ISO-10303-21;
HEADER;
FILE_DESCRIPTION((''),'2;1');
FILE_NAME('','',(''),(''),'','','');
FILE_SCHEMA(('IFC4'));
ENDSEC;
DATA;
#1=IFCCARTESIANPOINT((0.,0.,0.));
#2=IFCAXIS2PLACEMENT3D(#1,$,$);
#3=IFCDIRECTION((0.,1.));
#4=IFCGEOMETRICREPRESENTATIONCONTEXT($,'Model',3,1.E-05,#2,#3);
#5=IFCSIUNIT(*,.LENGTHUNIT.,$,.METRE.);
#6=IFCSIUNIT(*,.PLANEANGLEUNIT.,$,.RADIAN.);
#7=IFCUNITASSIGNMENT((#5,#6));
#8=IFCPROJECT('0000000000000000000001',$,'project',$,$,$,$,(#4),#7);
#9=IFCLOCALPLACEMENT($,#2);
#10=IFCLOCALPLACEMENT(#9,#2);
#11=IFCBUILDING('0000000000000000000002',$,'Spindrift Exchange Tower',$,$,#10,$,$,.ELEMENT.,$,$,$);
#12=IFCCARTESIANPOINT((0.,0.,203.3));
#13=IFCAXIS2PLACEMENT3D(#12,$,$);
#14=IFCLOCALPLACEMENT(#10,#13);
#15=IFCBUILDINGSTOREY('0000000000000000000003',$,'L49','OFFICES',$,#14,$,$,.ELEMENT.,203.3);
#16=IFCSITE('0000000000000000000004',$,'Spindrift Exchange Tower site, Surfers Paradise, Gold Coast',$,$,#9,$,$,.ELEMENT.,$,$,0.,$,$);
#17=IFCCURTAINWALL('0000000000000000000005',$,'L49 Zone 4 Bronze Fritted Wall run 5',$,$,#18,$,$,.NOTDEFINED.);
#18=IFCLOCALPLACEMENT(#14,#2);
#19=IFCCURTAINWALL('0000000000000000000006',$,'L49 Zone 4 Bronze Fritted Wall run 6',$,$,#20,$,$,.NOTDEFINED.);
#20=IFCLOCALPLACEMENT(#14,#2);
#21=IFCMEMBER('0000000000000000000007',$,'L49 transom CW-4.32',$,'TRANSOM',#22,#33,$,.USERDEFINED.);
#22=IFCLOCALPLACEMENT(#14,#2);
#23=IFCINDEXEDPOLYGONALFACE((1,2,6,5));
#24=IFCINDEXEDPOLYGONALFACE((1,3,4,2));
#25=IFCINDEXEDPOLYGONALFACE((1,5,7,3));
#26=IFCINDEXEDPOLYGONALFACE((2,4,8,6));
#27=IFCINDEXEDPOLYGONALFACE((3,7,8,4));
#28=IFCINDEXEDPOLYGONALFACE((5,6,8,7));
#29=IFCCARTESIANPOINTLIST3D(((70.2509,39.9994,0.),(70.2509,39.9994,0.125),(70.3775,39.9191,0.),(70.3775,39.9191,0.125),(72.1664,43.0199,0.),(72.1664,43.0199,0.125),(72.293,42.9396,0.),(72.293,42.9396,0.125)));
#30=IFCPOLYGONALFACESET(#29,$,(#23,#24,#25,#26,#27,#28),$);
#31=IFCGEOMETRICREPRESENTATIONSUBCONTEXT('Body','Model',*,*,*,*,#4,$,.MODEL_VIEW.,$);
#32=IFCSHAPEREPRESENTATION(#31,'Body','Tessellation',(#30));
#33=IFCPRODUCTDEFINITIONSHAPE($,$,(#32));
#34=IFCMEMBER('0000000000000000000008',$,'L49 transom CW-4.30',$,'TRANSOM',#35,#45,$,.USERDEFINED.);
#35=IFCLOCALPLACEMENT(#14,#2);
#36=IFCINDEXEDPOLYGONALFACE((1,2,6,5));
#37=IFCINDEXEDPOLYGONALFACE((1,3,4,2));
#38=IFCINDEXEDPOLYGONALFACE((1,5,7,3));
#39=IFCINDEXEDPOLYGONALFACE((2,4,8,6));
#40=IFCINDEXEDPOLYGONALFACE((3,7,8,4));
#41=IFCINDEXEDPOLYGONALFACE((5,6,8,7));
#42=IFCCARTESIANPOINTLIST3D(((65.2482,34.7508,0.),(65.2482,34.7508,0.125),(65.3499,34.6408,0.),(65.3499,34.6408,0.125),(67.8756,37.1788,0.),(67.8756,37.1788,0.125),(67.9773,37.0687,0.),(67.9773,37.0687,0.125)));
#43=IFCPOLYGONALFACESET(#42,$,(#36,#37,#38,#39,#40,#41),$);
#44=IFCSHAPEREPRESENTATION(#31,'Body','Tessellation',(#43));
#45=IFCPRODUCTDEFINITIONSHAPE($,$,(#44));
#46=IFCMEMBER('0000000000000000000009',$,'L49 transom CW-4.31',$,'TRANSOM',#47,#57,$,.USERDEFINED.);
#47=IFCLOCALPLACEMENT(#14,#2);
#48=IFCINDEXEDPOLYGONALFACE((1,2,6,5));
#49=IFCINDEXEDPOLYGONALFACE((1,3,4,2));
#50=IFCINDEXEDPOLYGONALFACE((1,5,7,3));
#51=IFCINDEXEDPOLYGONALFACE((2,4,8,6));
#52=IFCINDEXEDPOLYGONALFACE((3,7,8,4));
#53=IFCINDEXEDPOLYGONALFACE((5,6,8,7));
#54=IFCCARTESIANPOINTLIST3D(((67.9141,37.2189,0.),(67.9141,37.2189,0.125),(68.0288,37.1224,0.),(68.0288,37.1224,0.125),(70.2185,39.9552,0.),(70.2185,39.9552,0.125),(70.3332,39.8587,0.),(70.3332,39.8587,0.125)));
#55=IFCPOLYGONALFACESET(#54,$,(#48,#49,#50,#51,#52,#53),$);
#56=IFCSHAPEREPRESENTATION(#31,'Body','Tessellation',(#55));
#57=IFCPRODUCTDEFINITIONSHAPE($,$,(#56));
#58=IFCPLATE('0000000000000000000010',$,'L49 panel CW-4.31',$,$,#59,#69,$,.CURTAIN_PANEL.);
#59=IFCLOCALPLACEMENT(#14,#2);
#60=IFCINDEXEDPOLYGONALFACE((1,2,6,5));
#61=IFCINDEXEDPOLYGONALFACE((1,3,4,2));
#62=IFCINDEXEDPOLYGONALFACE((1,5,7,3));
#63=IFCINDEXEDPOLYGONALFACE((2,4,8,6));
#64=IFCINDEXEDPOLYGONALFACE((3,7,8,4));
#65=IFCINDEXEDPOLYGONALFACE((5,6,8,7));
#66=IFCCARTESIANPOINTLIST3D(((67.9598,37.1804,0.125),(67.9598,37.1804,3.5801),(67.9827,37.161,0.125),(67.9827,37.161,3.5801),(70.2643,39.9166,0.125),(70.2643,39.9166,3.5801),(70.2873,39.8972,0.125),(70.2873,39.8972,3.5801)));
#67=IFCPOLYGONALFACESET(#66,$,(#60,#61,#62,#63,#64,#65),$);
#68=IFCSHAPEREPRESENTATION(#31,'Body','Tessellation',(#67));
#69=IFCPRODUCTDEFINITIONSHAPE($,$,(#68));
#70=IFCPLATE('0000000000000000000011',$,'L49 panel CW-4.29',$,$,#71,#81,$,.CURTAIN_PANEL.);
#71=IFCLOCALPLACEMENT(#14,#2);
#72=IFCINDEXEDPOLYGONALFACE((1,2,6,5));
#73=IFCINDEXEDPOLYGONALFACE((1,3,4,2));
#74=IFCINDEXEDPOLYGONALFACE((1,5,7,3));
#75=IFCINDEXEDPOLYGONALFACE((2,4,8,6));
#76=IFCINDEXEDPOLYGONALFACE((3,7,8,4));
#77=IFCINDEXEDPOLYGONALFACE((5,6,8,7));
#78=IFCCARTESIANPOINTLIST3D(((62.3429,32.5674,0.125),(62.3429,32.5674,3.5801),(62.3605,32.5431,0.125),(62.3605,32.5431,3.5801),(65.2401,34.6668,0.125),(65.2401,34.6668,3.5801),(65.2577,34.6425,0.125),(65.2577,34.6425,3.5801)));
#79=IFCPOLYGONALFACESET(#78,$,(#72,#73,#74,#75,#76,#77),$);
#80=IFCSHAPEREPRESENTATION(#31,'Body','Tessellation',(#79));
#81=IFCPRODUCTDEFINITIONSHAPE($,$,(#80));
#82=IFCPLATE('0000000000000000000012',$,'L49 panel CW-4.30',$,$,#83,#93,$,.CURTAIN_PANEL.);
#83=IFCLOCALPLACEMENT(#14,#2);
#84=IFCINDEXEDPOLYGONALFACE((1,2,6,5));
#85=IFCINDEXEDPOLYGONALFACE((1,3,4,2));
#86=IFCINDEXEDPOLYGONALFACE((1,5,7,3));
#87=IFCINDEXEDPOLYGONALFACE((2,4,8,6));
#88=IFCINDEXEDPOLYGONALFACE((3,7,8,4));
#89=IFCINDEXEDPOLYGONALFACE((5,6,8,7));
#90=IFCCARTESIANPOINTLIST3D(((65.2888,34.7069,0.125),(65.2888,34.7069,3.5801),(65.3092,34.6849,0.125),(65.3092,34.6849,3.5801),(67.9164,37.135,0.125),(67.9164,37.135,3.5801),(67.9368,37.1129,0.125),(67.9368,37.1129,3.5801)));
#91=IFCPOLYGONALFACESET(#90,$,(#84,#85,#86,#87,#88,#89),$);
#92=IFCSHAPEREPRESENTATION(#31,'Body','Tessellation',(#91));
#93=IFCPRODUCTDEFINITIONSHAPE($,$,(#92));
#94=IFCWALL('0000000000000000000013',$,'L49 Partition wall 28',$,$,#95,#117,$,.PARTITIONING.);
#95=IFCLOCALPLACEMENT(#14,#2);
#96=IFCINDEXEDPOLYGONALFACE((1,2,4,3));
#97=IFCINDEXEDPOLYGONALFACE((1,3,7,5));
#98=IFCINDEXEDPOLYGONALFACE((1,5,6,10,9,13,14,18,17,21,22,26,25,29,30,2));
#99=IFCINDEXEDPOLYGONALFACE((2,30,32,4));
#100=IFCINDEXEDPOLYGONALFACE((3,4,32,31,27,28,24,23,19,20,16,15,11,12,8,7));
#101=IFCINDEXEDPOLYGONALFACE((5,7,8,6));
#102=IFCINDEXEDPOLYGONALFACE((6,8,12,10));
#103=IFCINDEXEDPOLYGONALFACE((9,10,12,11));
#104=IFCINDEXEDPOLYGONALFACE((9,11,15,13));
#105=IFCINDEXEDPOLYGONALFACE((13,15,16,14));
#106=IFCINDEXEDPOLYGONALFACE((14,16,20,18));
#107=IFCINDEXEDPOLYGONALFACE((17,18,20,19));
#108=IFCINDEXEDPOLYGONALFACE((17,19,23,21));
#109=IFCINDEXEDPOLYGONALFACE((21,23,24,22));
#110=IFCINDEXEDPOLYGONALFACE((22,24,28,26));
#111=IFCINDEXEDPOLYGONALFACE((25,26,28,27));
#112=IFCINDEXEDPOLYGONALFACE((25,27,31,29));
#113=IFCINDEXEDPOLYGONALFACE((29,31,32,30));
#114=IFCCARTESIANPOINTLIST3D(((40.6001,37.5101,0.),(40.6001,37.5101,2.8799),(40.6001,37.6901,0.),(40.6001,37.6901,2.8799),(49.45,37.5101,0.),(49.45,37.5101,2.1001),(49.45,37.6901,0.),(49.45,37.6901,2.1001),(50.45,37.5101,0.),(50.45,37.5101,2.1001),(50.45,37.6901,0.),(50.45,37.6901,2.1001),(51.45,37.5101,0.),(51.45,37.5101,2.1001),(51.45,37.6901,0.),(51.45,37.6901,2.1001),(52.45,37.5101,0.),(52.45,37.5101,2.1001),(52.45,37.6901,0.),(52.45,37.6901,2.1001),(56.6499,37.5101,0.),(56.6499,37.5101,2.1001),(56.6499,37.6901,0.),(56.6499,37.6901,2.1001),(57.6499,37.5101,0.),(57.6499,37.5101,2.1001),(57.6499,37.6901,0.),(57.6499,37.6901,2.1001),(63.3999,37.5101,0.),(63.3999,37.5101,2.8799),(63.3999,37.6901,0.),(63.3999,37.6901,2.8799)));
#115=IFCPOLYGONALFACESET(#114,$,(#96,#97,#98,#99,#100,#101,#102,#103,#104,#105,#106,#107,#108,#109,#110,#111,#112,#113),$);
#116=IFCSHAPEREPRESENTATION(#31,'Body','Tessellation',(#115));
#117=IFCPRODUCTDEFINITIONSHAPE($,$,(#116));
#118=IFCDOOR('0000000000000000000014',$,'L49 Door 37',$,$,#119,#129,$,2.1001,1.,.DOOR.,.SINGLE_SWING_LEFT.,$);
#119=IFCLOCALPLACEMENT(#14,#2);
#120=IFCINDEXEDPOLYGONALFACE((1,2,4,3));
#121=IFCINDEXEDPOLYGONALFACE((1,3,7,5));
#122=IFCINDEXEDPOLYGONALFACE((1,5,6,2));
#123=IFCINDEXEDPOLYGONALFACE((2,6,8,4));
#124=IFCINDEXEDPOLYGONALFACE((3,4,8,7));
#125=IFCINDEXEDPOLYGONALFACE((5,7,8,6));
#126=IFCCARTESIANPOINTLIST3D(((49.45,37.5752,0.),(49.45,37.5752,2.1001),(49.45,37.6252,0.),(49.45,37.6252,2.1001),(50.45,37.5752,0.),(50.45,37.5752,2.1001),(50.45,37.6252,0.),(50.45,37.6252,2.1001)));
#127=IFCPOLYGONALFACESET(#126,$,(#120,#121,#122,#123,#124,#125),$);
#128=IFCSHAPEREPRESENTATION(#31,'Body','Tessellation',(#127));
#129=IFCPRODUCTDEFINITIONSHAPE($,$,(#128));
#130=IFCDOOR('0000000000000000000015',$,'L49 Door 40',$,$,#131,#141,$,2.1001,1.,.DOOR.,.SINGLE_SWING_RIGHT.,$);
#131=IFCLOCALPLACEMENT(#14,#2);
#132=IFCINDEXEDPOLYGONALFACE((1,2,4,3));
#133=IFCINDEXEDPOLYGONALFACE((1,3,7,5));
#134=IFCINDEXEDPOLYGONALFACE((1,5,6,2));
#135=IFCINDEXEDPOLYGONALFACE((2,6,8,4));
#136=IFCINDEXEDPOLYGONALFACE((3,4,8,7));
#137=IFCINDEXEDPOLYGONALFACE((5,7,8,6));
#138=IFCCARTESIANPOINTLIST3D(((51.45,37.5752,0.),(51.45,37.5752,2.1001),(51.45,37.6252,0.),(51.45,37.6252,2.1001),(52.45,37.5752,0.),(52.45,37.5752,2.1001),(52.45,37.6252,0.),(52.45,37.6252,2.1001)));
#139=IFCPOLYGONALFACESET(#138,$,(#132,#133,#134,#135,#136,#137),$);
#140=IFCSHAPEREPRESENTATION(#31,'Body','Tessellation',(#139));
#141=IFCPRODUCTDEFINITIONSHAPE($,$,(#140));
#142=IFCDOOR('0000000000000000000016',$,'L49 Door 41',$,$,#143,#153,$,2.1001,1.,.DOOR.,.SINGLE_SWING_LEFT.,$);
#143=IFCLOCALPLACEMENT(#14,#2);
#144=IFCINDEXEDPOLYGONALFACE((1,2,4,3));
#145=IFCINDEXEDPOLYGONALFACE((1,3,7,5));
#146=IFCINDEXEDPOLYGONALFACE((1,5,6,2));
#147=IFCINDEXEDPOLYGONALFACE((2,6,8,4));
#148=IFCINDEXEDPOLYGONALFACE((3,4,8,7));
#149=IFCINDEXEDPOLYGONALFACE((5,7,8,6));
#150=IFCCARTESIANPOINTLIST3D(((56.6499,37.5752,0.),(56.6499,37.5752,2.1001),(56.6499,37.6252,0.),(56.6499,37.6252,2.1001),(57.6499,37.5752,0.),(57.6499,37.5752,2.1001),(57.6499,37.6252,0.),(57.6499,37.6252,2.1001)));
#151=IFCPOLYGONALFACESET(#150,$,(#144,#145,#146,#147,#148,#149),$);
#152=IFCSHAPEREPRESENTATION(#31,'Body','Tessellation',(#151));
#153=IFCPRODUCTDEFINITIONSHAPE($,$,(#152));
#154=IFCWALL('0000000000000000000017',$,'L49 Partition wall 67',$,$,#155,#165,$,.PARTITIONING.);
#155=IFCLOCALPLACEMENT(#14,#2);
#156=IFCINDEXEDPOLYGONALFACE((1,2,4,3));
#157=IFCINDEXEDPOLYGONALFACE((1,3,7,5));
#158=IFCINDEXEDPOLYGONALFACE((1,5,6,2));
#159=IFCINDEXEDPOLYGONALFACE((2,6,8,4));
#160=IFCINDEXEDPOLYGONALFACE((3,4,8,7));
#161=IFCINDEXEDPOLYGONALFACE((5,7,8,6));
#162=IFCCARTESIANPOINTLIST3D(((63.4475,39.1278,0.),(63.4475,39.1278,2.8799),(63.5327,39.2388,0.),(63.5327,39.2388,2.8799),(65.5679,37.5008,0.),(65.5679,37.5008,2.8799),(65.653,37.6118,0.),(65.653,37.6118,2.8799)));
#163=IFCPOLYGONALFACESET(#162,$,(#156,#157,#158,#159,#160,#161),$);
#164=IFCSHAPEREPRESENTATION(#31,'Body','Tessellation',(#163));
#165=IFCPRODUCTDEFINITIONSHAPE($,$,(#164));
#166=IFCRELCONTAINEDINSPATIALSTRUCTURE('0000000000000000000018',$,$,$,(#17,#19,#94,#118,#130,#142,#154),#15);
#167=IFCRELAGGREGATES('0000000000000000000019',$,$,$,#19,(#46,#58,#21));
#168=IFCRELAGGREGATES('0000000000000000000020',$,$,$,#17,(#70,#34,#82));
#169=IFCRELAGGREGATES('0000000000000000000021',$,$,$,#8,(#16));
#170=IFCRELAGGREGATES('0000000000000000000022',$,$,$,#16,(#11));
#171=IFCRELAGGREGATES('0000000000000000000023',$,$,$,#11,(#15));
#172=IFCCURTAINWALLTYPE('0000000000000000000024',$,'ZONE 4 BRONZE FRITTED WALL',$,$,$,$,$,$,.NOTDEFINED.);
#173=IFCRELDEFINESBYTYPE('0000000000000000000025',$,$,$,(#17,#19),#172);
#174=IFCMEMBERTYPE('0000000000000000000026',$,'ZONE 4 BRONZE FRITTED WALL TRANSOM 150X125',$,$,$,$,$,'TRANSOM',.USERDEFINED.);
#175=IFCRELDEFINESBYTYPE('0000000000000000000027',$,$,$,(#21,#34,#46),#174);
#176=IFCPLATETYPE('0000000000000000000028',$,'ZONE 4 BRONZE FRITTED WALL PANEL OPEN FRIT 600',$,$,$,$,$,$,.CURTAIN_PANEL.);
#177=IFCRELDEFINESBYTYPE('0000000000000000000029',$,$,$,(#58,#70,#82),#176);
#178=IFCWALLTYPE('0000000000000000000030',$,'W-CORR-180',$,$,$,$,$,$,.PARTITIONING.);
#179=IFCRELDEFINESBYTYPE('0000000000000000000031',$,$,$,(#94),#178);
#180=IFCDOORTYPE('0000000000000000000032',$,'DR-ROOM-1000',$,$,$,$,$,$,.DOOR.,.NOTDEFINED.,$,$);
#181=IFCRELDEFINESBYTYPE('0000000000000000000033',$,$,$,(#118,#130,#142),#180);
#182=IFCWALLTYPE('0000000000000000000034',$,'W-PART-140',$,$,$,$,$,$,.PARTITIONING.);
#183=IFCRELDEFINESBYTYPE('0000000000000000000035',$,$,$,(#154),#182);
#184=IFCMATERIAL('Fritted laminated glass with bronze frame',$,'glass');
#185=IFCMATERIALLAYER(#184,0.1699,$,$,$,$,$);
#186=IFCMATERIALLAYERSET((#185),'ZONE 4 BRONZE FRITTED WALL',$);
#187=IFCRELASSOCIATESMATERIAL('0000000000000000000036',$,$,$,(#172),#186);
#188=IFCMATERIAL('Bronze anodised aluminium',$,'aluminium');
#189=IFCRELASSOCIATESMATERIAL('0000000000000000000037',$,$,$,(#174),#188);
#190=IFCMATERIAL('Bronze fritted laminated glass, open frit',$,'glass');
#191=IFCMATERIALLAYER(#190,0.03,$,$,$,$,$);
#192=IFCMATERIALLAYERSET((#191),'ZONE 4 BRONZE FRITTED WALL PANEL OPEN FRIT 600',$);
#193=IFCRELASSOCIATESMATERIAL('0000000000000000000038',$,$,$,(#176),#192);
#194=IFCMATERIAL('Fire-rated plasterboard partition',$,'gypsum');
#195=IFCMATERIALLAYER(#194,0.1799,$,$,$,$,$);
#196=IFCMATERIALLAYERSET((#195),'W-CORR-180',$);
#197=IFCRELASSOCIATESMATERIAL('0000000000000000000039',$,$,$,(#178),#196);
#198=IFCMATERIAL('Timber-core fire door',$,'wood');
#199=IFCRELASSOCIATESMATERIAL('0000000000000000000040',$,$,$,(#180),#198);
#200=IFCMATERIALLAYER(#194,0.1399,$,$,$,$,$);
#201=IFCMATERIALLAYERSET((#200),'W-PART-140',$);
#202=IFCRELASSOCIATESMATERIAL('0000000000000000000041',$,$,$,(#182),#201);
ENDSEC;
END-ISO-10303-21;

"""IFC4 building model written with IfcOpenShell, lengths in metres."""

from ifc_helpers import new_model, si_unit, direction, frame, frame_2d, origin, origin_2d, place, context, subcontext, project, spatial, rectangle, extrude, source, transform, mapped, material, layer, layer_set, material_profile, profile_set, type_object, element, fill, aggregate, save


model = new_model("IFC4")

# Units and contexts
model_context = context("Model", 3, precision=1e-05, world=origin(), true_north=direction((0.0, 1.0)))
body_context = subcontext(model_context, "Body", "Model", "MODEL_VIEW")
ifc_project = project(units=[si_unit("LENGTHUNIT", "METRE"), si_unit("PLANEANGLEUNIT", "RADIAN")], contexts=[model_context])

# Site, building, storey
site_placement = place(None, origin())
site = spatial("IfcSite", under=ifc_project, at=site_placement, Name="Spindrift Exchange Tower site, Surfers Paradise, Gold Coast", CompositionType="ELEMENT", RefElevation=0.0)
building_placement = place(site_placement, origin())
building = spatial("IfcBuilding", under=site, at=building_placement, Name="Spindrift Exchange Tower", CompositionType="ELEMENT")
storey_placement = place(building_placement, frame((0.0, 0.0, 203.3)))
storey = spatial("IfcBuildingStorey", under=building, at=storey_placement, Name="L49", Description="OFFICES", CompositionType="ELEMENT", Elevation=203.3)

# Curtain wall
ifc_material_1 = material(Name="Fritted laminated glass with bronze frame", Category="glass")
ifc_layer_1 = layer(ifc_material_1, 0.1699)
ifc_layer_set_1 = layer_set([ifc_layer_1], Name="ZONE 4 BRONZE FRITTED WALL")
curtain_wall_type = type_object("IfcCurtainWallType", Name="ZONE 4 BRONZE FRITTED WALL", PredefinedType="NOTDEFINED", material=ifc_layer_set_1)
curtain_wall_1_placement = place(storey_placement, origin())
curtain_wall_1 = element("IfcCurtainWall", 1, at=curtain_wall_1_placement, inside=storey, type_object=curtain_wall_type, Name="L49 Zone 4 Bronze Fritted Wall run 5", PredefinedType="NOTDEFINED")
ifc_material_2 = material(Name="Bronze anodised aluminium", Category="aluminium")

# Curtain wall, member
curtain_wall_2_placement = place(storey_placement, origin())
curtain_wall_2 = element("IfcCurtainWall", 2, at=curtain_wall_2_placement, inside=storey, type_object=curtain_wall_type, Name="L49 Zone 4 Bronze Fritted Wall run 6", PredefinedType="NOTDEFINED")
ifc_material_profile_1 = material_profile(ifc_material_2, rectangle(XDim=0.1499, YDim=0.125, at=origin_2d()), Name="ZONE 4 BRONZE FRITTED WALL TRANSOM 150X125")
ifc_profile_set_1 = profile_set([ifc_material_profile_1], Name="Bronze anodised aluminium")
member_type_1 = type_object("IfcMemberType", Name="ZONE 4 BRONZE FRITTED WALL TRANSOM 150X125", ElementType="TRANSOM", PredefinedType="USERDEFINED", material=ifc_profile_set_1)
shared_shape_1 = source(origin(), body_context, "Body", "SweptSolid", [
    extrude(rectangle(XDim=0.1499, YDim=0.125, at=origin_2d()), origin(), (0.0, 0.0, 1.0), 3.5767),
])
member_1_placement = place(storey_placement, frame((70.3142, 39.9592, 0.0625), z_axis=(0.535559, 0.844498, 0.0), x_axis=(-0.844498, 0.535559, 0.0)))
member_1 = element("IfcMember", 3, at=member_1_placement, type_object=member_type_1, Name="L49 transom CW-4.32", ObjectType="TRANSOM", PredefinedType="USERDEFINED", context=body_context, shape_type="MappedRepresentation", body=[
    mapped(shared_shape_1, transform((0.0, 0.0, 0.0), scale=1.0)),
])

# Members
shared_shape_2 = source(origin(), body_context, "Body", "SweptSolid", [
    extrude(rectangle(XDim=0.1499, YDim=0.125, at=origin_2d()), origin(), (0.0, 0.0, 1.0), 3.5774),
])
member_2_placement = place(storey_placement, frame((65.2991, 34.6958, 0.0625), z_axis=(0.734434, 0.67868, 0.0), x_axis=(-0.67868, 0.734434, 0.0)))
member_2 = element("IfcMember", 4, at=member_2_placement, type_object=member_type_1, Name="L49 transom CW-4.30", ObjectType="TRANSOM", PredefinedType="USERDEFINED", context=body_context, shape_type="MappedRepresentation", body=[
    mapped(shared_shape_2, transform((0.0, 0.0, 0.0), scale=1.0)),
])
member_3_placement = place(storey_placement, frame((67.9714, 37.1707, 0.0625), z_axis=(0.644163, 0.764888, 0.0), x_axis=(-0.764888, 0.644163, 0.0)))
member_3 = element("IfcMember", 5, at=member_3_placement, type_object=member_type_1, Name="L49 transom CW-4.31", ObjectType="TRANSOM", PredefinedType="USERDEFINED", context=body_context, shape_type="MappedRepresentation", body=[
    mapped(shared_shape_2, transform((0.0, 0.0, 0.0), scale=1.0)),
])

# Plates
ifc_material_3 = material(Name="Bronze fritted laminated glass, open frit", Category="glass")
ifc_layer_2 = layer(ifc_material_3, 0.03)
ifc_layer_set_2 = layer_set([ifc_layer_2], Name="ZONE 4 BRONZE FRITTED WALL PANEL OPEN FRIT 600")
plate_type = type_object("IfcPlateType", Name="ZONE 4 BRONZE FRITTED WALL PANEL OPEN FRIT 600", PredefinedType="CURTAIN_PANEL", material=ifc_layer_set_2)
shared_shape_3 = source(origin(), body_context, "Body", "SweptSolid", [
    extrude(rectangle(XDim=3.5774, YDim=0.03, at=origin_2d()), origin(), (0.0, 0.0, 1.0), 3.4551),
])
plate_1_placement = place(storey_placement, frame((69.1235, 38.5388, 0.125), z_axis=(0.0, 0.0, 1.0), x_axis=(0.644197, 0.76486, 0.0)))
plate_1 = element("IfcPlate", 6, at=plate_1_placement, type_object=plate_type, Name="L49 panel CW-4.31", PredefinedType="CURTAIN_PANEL", context=body_context, shape_type="MappedRepresentation", body=[
    mapped(shared_shape_3, transform((0.0, 0.0, 0.0), scale=1.0)),
])
aggregate(curtain_wall_2, [member_3, plate_1, member_1])
shared_shape_4 = source(origin(), body_context, "Body", "SweptSolid", [
    extrude(rectangle(XDim=3.5779, YDim=0.03, at=origin_2d()), origin(), (0.0, 0.0, 1.0), 3.4551),
])
plate_2_placement = place(storey_placement, frame((63.8003, 33.605, 0.125), z_axis=(0.0, 0.0, 1.0), x_axis=(0.809755, 0.586768, 0.0)))
plate_2 = element("IfcPlate", 7, at=plate_2_placement, type_object=plate_type, Name="L49 panel CW-4.29", PredefinedType="CURTAIN_PANEL", context=body_context, shape_type="MappedRepresentation", body=[
    mapped(shared_shape_4, transform((0.0, 0.0, 0.0), scale=1.0)),
])
shared_shape_5 = source(origin(), body_context, "Body", "SweptSolid", [
    extrude(rectangle(XDim=3.5776, YDim=0.03, at=origin_2d()), origin(), (0.0, 0.0, 1.0), 3.4551),
])
plate_3_placement = place(storey_placement, frame((66.6128, 35.9099, 0.125), z_axis=(0.0, 0.0, 1.0), x_axis=(0.734435, 0.678679, 0.0)))
plate_3 = element("IfcPlate", 8, at=plate_3_placement, type_object=plate_type, Name="L49 panel CW-4.30", PredefinedType="CURTAIN_PANEL", context=body_context, shape_type="MappedRepresentation", body=[
    mapped(shared_shape_5, transform((0.0, 0.0, 0.0), scale=1.0)),
])
aggregate(curtain_wall_1, [plate_2, member_2, plate_3])

# Wall, openings, doors
ifc_material_4 = material(Name="Fire-rated plasterboard partition", Category="gypsum")
ifc_layer_3 = layer(ifc_material_4, 0.1799)
ifc_layer_set_3 = layer_set([ifc_layer_3], Name="W-CORR-180")
wall_type_1 = type_object("IfcWallType", Name="W-CORR-180", PredefinedType="PARTITIONING", material=ifc_layer_set_3)
wall_1_placement = place(storey_placement, frame((63.3999, 37.6001, 0.0), z_axis=(0.0, 0.0, 1.0), x_axis=(-1.0, 0.0, 0.0)))
wall_1 = element("IfcWall", 9, at=wall_1_placement, inside=storey, type_object=wall_type_1, Name="L49 Partition wall 28", PredefinedType="PARTITIONING", context=body_context, shape_type="SweptSolid", body=[
    extrude(rectangle(XDim=22.7998, YDim=0.1799, at=frame_2d((11.3999, 0.0))), origin(), (0.0, 0.0, 1.0), 2.8799),
])
opening_1_placement = place(wall_1_placement, frame((12.95, 0.0, 0.0)))
opening_1 = element("IfcOpeningElement", 10, at=opening_1_placement, cuts=wall_1, PredefinedType="OPENING", context=body_context, shape_type="SweptSolid", body=[
    extrude(rectangle(XDim=1.0, YDim=2.1001, at=frame_2d((0.5, 1.05))), frame((0.0, 0.0999, 0.0), z_axis=(0.0, -1.0, 0.0), x_axis=(1.0, 0.0, 0.0)), (0.0, 0.0, 1.0), 0.2),
])
opening_2_placement = place(wall_1_placement, frame((10.95, 0.0, 0.0)))
opening_2 = element("IfcOpeningElement", 11, at=opening_2_placement, cuts=wall_1, PredefinedType="OPENING", context=body_context, shape_type="SweptSolid", body=[
    extrude(rectangle(XDim=1.0, YDim=2.1001, at=frame_2d((0.5, 1.05))), frame((0.0, 0.0999, 0.0), z_axis=(0.0, -1.0, 0.0), x_axis=(1.0, 0.0, 0.0)), (0.0, 0.0, 1.0), 0.2),
])
opening_3_placement = place(wall_1_placement, frame((5.75, 0.0, 0.0)))
opening_3 = element("IfcOpeningElement", 12, at=opening_3_placement, cuts=wall_1, PredefinedType="OPENING", context=body_context, shape_type="SweptSolid", body=[
    extrude(rectangle(XDim=1.0, YDim=2.1001, at=frame_2d((0.5, 1.05))), frame((0.0, 0.0999, 0.0), z_axis=(0.0, -1.0, 0.0), x_axis=(1.0, 0.0, 0.0)), (0.0, 0.0, 1.0), 0.2),
])
ifc_material_5 = material(Name="Timber-core fire door", Category="wood")
door_type = type_object("IfcDoorType", Name="DR-ROOM-1000", OperationType="NOTDEFINED", PredefinedType="DOOR", material=ifc_material_5)
shared_shape_6 = source(origin(), body_context, "Body", "SweptSolid", [
    extrude(rectangle(XDim=1.0, YDim=2.1001, at=frame_2d((0.5, 1.05))), frame((0.0, 0.0249, 0.0), z_axis=(0.0, -1.0, 0.0), x_axis=(1.0, 0.0, 0.0)), (0.0, 0.0, 1.0), 0.05),
])
door_1_placement = place(opening_1_placement, origin())
door_1 = element("IfcDoor", 13, at=door_1_placement, inside=storey, type_object=door_type, Name="L49 Door 37", OperationType="SINGLE_SWING_LEFT", OverallHeight=2.1001, OverallWidth=1.0, PredefinedType="DOOR", context=body_context, shape_type="MappedRepresentation", body=[
    mapped(shared_shape_6, transform((0.0, 0.0, 0.0), scale=1.0)),
])
fill(opening_1, door_1)
door_2_placement = place(opening_2_placement, origin())
door_2 = element("IfcDoor", 14, at=door_2_placement, inside=storey, type_object=door_type, Name="L49 Door 40", OperationType="SINGLE_SWING_RIGHT", OverallHeight=2.1001, OverallWidth=1.0, PredefinedType="DOOR", context=body_context, shape_type="MappedRepresentation", body=[
    mapped(shared_shape_6, transform((0.0, 0.0, 0.0), scale=1.0)),
])
fill(opening_2, door_2)
door_3_placement = place(opening_3_placement, origin())
door_3 = element("IfcDoor", 15, at=door_3_placement, inside=storey, type_object=door_type, Name="L49 Door 41", OperationType="SINGLE_SWING_LEFT", OverallHeight=2.1001, OverallWidth=1.0, PredefinedType="DOOR", context=body_context, shape_type="MappedRepresentation", body=[
    mapped(shared_shape_6, transform((0.0, 0.0, 0.0), scale=1.0)),
])
fill(opening_3, door_3)

# Wall
ifc_layer_4 = layer(ifc_material_4, 0.1399)
ifc_layer_set_4 = layer_set([ifc_layer_4], Name="W-PART-140")
wall_type_2 = type_object("IfcWallType", Name="W-PART-140", PredefinedType="PARTITIONING", material=ifc_layer_set_4)
wall_2_placement = place(storey_placement, frame((63.49, 39.1833, 0.0), z_axis=(0.0, 0.0, 1.0), x_axis=(0.793364, -0.608748, 0.0)))
element("IfcWall", 16, at=wall_2_placement, inside=storey, type_object=wall_type_2, Name="L49 Partition wall 67", PredefinedType="PARTITIONING", context=body_context, shape_type="SweptSolid", body=[
    extrude(rectangle(XDim=2.6726, YDim=0.1399, at=frame_2d((1.3364, 0.0))), origin(), (0.0, 0.0, 1.0), 2.8799),
])

save(model, "model.ifc")
